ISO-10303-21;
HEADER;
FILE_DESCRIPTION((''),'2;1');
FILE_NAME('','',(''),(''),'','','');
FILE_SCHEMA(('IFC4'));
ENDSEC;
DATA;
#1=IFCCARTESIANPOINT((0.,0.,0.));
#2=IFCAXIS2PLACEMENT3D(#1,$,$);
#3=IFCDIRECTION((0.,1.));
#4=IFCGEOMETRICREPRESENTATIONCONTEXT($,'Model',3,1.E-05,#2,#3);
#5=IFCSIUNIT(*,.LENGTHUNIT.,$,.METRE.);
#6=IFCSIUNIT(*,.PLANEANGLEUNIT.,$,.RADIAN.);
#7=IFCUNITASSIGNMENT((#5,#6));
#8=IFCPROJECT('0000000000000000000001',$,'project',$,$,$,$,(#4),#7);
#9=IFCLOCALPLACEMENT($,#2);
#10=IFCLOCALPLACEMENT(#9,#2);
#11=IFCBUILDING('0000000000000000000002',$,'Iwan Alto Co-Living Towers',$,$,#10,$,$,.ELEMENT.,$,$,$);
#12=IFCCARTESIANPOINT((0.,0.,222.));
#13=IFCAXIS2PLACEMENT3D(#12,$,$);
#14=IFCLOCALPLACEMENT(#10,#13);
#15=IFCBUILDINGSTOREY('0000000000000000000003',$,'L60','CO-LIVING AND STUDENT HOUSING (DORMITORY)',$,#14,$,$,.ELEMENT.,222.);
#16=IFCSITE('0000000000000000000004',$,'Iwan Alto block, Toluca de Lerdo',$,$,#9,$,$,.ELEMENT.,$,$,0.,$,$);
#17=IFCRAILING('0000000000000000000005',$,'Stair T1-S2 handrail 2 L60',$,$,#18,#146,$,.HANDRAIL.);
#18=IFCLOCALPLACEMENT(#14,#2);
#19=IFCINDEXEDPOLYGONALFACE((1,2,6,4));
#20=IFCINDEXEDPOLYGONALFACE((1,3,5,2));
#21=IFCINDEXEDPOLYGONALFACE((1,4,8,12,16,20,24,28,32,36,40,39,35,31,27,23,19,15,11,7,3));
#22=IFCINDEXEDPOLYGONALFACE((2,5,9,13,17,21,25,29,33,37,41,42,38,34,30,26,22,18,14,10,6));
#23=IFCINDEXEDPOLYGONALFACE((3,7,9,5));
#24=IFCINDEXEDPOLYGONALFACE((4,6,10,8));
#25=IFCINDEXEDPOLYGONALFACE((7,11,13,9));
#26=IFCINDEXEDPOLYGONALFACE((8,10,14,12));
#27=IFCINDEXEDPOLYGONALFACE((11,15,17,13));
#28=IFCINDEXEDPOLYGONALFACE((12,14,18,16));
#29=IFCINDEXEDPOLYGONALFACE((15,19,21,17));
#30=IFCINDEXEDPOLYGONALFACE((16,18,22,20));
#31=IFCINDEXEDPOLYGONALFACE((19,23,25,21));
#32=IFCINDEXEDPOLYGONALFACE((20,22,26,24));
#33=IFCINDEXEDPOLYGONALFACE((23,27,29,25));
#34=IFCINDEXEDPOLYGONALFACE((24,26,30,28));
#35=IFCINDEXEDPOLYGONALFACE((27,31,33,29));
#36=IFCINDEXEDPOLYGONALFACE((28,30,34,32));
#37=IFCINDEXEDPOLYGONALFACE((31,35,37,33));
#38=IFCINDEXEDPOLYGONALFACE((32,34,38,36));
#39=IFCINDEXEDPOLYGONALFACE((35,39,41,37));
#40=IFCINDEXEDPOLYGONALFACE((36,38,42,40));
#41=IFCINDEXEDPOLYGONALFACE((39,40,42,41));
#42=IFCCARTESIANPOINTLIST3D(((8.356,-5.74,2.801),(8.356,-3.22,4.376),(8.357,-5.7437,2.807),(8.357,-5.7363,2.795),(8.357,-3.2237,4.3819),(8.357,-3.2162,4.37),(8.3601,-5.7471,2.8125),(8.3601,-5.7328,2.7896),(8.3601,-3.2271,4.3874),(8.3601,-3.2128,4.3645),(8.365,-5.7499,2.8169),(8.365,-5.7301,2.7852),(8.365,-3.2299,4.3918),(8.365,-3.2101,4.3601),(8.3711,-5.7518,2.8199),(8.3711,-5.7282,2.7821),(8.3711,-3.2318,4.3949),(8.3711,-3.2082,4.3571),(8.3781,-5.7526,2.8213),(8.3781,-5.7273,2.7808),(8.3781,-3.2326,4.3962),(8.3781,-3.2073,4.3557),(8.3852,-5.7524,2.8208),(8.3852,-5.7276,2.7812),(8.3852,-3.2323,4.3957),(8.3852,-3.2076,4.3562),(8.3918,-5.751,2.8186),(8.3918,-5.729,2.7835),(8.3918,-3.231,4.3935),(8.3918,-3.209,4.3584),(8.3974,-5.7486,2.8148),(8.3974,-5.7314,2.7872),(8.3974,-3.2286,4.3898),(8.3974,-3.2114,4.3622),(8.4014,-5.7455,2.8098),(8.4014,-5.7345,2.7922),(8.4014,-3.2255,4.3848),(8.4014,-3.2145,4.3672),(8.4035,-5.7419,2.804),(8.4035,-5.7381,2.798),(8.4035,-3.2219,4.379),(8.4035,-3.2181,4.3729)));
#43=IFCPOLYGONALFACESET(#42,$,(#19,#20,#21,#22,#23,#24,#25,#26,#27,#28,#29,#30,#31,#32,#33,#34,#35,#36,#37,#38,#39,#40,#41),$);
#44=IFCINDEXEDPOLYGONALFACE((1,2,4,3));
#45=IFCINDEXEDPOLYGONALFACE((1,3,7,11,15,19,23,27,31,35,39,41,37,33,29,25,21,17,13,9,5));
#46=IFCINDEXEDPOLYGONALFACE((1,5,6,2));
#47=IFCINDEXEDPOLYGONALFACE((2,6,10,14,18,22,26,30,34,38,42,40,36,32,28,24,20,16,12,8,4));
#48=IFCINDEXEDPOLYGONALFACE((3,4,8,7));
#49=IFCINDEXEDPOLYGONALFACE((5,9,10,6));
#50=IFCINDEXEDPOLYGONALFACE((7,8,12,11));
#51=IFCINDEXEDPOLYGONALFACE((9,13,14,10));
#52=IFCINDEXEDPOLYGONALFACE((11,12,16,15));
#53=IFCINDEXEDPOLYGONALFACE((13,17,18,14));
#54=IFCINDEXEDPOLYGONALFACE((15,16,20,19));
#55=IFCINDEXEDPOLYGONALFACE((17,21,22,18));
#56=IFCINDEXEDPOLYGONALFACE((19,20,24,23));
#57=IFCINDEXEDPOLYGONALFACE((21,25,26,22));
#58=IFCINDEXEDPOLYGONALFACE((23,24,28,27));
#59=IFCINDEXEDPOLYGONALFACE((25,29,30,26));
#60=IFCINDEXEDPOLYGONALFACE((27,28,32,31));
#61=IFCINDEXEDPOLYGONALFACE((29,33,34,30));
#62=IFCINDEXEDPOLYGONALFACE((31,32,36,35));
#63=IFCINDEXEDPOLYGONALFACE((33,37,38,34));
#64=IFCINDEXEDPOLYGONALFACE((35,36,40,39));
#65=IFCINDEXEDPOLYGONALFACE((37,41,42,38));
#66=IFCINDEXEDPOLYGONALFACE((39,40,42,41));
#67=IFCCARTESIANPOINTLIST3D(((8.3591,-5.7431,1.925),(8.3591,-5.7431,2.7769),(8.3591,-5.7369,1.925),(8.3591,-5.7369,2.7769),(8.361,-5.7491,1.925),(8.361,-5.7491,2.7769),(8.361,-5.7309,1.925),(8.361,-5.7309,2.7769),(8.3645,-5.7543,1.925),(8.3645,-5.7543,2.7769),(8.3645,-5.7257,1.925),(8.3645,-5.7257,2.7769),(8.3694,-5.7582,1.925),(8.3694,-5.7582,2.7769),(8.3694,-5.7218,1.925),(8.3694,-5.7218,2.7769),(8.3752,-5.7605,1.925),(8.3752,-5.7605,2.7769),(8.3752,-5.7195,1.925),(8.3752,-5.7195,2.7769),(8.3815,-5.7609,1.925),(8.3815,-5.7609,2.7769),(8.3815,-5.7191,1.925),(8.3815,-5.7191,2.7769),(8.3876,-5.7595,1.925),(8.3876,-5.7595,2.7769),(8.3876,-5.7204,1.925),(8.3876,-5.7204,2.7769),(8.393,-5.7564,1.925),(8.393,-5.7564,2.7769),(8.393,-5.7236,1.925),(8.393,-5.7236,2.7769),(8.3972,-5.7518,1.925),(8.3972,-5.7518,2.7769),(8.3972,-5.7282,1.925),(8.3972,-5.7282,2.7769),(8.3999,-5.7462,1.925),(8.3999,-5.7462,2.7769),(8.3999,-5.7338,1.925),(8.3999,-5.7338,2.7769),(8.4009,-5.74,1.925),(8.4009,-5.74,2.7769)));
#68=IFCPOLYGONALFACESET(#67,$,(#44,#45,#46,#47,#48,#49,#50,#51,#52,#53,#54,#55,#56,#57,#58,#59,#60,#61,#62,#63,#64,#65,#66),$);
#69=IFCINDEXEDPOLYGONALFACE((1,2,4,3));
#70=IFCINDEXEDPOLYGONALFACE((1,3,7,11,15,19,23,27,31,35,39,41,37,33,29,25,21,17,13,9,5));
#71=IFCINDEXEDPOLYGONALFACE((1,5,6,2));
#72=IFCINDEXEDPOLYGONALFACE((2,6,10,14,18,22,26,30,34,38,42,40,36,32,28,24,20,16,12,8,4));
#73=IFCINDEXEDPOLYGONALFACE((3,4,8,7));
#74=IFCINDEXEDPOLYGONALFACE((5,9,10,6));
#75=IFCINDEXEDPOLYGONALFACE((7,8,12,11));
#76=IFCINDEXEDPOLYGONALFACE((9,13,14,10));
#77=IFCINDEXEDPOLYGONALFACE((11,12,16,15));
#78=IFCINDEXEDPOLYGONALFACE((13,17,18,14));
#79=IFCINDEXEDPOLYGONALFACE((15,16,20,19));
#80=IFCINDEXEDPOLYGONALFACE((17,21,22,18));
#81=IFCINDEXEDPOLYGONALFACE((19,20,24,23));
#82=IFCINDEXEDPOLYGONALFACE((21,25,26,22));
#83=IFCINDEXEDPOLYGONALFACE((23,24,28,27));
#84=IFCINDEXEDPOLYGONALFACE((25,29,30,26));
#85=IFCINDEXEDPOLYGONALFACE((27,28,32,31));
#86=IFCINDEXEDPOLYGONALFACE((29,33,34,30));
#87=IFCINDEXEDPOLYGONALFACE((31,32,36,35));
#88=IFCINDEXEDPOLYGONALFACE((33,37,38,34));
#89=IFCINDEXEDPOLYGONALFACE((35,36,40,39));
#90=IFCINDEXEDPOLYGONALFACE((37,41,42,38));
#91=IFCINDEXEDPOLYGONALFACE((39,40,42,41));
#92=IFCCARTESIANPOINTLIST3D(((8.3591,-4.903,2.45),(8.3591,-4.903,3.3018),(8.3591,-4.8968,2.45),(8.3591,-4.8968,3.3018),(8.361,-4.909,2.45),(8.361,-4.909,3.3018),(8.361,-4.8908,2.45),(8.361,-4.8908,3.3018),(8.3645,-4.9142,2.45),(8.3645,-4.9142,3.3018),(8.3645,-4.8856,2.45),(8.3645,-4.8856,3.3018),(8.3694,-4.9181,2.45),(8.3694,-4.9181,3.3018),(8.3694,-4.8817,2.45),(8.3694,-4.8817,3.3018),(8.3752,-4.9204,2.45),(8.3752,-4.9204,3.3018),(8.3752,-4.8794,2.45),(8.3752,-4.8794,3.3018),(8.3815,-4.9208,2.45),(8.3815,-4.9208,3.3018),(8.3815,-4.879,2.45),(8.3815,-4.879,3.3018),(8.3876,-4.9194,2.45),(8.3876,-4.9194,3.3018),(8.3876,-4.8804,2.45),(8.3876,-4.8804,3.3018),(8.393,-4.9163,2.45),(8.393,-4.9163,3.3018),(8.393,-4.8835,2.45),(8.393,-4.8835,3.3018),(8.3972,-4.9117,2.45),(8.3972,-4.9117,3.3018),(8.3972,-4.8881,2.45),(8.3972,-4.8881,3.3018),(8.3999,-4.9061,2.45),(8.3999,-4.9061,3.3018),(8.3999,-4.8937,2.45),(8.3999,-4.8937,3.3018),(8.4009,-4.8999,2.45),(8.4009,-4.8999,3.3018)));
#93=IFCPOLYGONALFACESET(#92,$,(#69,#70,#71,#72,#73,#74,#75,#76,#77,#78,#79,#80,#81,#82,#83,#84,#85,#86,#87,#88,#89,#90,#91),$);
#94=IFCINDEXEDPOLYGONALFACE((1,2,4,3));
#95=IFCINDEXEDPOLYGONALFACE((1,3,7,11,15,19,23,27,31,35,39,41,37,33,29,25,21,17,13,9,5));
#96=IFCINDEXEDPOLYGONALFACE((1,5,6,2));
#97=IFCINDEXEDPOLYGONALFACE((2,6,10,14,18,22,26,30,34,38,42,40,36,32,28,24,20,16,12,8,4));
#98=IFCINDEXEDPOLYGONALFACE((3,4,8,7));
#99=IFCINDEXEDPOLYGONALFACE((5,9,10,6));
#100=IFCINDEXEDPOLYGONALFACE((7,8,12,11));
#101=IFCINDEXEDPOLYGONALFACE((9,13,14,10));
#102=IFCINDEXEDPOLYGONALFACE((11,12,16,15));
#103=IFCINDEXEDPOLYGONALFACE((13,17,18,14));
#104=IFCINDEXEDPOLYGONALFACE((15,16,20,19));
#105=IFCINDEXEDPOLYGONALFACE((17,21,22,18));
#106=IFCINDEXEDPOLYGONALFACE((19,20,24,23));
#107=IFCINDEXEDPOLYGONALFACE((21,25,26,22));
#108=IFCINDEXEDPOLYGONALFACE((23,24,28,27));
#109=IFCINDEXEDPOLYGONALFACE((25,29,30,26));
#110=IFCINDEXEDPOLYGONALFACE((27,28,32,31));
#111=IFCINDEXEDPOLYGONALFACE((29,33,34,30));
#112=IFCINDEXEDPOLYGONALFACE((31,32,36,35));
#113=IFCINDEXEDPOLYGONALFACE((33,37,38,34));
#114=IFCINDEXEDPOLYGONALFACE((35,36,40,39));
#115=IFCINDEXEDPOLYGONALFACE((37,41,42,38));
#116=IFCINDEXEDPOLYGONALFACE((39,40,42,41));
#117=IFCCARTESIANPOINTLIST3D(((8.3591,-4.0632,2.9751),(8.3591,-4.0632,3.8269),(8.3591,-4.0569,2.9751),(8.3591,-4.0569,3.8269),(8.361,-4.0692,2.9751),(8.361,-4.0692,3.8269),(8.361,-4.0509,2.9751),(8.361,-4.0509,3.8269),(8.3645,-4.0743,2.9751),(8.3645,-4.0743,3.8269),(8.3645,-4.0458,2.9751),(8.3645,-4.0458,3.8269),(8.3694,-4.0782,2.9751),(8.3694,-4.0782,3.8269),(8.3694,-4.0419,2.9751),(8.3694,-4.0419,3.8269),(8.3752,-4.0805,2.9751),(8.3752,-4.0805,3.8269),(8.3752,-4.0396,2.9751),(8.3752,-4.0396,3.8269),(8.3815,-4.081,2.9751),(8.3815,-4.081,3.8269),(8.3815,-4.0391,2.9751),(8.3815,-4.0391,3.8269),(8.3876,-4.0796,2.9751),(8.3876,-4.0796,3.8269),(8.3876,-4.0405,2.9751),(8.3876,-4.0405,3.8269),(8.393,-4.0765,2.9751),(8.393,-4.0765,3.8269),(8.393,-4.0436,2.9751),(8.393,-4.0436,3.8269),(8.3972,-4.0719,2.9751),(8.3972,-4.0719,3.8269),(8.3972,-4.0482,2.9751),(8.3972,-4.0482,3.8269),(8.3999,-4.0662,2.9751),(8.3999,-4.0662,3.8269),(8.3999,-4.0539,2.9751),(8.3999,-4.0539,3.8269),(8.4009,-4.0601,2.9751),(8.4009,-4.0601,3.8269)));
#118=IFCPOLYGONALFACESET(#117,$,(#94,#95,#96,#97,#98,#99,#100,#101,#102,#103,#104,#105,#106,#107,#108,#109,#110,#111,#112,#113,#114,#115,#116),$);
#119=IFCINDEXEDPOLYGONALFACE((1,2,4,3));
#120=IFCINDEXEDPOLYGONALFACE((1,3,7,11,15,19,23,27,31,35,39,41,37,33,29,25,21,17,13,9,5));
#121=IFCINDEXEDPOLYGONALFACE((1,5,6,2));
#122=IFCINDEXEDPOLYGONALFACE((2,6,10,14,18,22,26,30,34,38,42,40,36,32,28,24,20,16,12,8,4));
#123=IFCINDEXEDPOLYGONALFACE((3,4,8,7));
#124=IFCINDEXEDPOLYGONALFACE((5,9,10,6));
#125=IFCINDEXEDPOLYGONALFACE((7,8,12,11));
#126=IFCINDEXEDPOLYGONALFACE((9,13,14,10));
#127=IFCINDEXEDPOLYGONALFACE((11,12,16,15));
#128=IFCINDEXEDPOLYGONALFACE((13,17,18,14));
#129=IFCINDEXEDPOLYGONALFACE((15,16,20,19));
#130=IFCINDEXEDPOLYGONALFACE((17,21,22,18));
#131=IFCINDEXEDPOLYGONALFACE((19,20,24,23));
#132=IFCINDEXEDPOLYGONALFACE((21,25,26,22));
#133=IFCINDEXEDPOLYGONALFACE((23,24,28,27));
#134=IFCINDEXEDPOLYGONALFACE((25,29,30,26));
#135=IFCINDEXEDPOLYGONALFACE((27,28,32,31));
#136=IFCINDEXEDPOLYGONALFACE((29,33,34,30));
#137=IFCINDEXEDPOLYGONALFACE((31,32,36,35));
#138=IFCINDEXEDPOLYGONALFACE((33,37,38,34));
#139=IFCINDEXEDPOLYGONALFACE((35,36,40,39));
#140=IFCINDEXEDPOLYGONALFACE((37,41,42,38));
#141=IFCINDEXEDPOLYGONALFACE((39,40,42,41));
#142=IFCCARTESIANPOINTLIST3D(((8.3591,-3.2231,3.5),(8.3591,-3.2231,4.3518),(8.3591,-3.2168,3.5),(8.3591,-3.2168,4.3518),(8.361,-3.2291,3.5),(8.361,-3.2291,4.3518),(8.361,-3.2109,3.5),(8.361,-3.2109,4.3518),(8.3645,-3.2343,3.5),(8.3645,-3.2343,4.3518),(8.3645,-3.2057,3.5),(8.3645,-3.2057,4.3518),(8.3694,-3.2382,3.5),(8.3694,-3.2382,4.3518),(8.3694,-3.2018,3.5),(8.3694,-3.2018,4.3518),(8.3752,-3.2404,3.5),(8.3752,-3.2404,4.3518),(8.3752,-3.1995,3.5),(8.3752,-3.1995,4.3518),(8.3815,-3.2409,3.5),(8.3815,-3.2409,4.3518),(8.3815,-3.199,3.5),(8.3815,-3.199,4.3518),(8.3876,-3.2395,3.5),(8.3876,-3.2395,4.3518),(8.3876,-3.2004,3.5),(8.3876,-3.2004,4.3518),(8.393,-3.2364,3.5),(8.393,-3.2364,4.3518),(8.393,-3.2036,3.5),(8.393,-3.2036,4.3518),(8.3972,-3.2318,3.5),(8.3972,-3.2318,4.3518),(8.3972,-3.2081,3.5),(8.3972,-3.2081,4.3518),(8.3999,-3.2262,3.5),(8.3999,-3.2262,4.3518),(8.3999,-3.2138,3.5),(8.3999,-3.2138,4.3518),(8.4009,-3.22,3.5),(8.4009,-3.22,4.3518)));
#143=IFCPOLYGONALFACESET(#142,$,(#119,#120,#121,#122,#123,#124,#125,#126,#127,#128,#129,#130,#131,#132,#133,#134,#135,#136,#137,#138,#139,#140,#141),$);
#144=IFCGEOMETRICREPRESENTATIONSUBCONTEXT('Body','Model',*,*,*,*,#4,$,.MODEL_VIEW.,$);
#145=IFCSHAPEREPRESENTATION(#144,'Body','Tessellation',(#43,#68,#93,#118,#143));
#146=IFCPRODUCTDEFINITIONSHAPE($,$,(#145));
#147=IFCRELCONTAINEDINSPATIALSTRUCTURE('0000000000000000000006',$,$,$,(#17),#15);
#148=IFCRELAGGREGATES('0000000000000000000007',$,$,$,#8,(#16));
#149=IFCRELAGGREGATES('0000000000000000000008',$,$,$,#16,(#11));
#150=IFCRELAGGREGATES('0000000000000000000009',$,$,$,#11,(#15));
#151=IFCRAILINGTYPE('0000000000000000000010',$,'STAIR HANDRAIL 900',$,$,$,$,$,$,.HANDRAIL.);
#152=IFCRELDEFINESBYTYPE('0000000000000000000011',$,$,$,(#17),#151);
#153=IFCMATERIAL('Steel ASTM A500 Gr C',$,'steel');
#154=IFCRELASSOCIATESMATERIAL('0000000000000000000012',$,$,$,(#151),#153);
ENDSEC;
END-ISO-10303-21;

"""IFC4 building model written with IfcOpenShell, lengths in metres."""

from ifc_helpers import new_model, si_unit, direction, frame, origin, origin_2d, place, context, subcontext, project, spatial, circle, extrude, material, type_object, element, save


model = new_model("IFC4")

# Units and contexts
model_context = context("Model", 3, precision=1e-05, world=origin(), true_north=direction((0.0, 1.0)))
body_context = subcontext(model_context, "Body", "Model", "MODEL_VIEW")
ifc_project = project(units=[si_unit("LENGTHUNIT", "METRE"), si_unit("PLANEANGLEUNIT", "RADIAN")], contexts=[model_context])

# Site, building, storey
site_placement = place(None, origin())
site = spatial("IfcSite", under=ifc_project, at=site_placement, Name="Iwan Alto block, Toluca de Lerdo", CompositionType="ELEMENT", RefElevation=0.0)
building_placement = place(site_placement, origin())
building = spatial("IfcBuilding", under=site, at=building_placement, Name="Iwan Alto Co-Living Towers", CompositionType="ELEMENT")
storey_placement = place(building_placement, frame((0.0, 0.0, 222.0)))
storey = spatial("IfcBuildingStorey", under=building, at=storey_placement, Name="L60", Description="CO-LIVING AND STUDENT HOUSING (DORMITORY)", CompositionType="ELEMENT", Elevation=222.0)

# Railing
ifc_material_1 = material(Name="Steel ASTM A500 Gr C", Category="steel")
railing_type_1 = type_object("IfcRailingType", Name="STAIR HANDRAIL 900", PredefinedType="HANDRAIL", material=ifc_material_1)
railing_1_placement = place(storey_placement, frame((8.3799, -5.74, 1.925)))
element("IfcRailing", 1, at=railing_1_placement, inside=storey, type_object=railing_type_1, Name="Stair T1-S2 handrail 2 L60", PredefinedType="HANDRAIL", context=body_context, shape_type="SweptSolid", body=[
    extrude(circle(Radius=0.0239, at=origin_2d()), frame((0.0, 0.0, 0.876), z_axis=(0.0, 0.848008, 0.529984), x_axis=(-1.0, 0.0, 0.0)), (0.0, 0.0, 1.0), 2.9717),
    extrude(circle(Radius=0.021, at=origin_2d()), origin(), (0.0, 0.0, 1.0), 0.8518),
    extrude(circle(Radius=0.021, at=origin_2d()), frame((0.0, 0.8401, 0.5249)), (0.0, 0.0, 1.0), 0.8518),
    extrude(circle(Radius=0.021, at=origin_2d()), frame((0.0, 1.6799, 1.05)), (0.0, 0.0, 1.0), 0.8518),
    extrude(circle(Radius=0.021, at=origin_2d()), frame((0.0, 2.52, 1.575)), (0.0, 0.0, 1.0), 0.8518),
])

save(model, "model.ifc")
